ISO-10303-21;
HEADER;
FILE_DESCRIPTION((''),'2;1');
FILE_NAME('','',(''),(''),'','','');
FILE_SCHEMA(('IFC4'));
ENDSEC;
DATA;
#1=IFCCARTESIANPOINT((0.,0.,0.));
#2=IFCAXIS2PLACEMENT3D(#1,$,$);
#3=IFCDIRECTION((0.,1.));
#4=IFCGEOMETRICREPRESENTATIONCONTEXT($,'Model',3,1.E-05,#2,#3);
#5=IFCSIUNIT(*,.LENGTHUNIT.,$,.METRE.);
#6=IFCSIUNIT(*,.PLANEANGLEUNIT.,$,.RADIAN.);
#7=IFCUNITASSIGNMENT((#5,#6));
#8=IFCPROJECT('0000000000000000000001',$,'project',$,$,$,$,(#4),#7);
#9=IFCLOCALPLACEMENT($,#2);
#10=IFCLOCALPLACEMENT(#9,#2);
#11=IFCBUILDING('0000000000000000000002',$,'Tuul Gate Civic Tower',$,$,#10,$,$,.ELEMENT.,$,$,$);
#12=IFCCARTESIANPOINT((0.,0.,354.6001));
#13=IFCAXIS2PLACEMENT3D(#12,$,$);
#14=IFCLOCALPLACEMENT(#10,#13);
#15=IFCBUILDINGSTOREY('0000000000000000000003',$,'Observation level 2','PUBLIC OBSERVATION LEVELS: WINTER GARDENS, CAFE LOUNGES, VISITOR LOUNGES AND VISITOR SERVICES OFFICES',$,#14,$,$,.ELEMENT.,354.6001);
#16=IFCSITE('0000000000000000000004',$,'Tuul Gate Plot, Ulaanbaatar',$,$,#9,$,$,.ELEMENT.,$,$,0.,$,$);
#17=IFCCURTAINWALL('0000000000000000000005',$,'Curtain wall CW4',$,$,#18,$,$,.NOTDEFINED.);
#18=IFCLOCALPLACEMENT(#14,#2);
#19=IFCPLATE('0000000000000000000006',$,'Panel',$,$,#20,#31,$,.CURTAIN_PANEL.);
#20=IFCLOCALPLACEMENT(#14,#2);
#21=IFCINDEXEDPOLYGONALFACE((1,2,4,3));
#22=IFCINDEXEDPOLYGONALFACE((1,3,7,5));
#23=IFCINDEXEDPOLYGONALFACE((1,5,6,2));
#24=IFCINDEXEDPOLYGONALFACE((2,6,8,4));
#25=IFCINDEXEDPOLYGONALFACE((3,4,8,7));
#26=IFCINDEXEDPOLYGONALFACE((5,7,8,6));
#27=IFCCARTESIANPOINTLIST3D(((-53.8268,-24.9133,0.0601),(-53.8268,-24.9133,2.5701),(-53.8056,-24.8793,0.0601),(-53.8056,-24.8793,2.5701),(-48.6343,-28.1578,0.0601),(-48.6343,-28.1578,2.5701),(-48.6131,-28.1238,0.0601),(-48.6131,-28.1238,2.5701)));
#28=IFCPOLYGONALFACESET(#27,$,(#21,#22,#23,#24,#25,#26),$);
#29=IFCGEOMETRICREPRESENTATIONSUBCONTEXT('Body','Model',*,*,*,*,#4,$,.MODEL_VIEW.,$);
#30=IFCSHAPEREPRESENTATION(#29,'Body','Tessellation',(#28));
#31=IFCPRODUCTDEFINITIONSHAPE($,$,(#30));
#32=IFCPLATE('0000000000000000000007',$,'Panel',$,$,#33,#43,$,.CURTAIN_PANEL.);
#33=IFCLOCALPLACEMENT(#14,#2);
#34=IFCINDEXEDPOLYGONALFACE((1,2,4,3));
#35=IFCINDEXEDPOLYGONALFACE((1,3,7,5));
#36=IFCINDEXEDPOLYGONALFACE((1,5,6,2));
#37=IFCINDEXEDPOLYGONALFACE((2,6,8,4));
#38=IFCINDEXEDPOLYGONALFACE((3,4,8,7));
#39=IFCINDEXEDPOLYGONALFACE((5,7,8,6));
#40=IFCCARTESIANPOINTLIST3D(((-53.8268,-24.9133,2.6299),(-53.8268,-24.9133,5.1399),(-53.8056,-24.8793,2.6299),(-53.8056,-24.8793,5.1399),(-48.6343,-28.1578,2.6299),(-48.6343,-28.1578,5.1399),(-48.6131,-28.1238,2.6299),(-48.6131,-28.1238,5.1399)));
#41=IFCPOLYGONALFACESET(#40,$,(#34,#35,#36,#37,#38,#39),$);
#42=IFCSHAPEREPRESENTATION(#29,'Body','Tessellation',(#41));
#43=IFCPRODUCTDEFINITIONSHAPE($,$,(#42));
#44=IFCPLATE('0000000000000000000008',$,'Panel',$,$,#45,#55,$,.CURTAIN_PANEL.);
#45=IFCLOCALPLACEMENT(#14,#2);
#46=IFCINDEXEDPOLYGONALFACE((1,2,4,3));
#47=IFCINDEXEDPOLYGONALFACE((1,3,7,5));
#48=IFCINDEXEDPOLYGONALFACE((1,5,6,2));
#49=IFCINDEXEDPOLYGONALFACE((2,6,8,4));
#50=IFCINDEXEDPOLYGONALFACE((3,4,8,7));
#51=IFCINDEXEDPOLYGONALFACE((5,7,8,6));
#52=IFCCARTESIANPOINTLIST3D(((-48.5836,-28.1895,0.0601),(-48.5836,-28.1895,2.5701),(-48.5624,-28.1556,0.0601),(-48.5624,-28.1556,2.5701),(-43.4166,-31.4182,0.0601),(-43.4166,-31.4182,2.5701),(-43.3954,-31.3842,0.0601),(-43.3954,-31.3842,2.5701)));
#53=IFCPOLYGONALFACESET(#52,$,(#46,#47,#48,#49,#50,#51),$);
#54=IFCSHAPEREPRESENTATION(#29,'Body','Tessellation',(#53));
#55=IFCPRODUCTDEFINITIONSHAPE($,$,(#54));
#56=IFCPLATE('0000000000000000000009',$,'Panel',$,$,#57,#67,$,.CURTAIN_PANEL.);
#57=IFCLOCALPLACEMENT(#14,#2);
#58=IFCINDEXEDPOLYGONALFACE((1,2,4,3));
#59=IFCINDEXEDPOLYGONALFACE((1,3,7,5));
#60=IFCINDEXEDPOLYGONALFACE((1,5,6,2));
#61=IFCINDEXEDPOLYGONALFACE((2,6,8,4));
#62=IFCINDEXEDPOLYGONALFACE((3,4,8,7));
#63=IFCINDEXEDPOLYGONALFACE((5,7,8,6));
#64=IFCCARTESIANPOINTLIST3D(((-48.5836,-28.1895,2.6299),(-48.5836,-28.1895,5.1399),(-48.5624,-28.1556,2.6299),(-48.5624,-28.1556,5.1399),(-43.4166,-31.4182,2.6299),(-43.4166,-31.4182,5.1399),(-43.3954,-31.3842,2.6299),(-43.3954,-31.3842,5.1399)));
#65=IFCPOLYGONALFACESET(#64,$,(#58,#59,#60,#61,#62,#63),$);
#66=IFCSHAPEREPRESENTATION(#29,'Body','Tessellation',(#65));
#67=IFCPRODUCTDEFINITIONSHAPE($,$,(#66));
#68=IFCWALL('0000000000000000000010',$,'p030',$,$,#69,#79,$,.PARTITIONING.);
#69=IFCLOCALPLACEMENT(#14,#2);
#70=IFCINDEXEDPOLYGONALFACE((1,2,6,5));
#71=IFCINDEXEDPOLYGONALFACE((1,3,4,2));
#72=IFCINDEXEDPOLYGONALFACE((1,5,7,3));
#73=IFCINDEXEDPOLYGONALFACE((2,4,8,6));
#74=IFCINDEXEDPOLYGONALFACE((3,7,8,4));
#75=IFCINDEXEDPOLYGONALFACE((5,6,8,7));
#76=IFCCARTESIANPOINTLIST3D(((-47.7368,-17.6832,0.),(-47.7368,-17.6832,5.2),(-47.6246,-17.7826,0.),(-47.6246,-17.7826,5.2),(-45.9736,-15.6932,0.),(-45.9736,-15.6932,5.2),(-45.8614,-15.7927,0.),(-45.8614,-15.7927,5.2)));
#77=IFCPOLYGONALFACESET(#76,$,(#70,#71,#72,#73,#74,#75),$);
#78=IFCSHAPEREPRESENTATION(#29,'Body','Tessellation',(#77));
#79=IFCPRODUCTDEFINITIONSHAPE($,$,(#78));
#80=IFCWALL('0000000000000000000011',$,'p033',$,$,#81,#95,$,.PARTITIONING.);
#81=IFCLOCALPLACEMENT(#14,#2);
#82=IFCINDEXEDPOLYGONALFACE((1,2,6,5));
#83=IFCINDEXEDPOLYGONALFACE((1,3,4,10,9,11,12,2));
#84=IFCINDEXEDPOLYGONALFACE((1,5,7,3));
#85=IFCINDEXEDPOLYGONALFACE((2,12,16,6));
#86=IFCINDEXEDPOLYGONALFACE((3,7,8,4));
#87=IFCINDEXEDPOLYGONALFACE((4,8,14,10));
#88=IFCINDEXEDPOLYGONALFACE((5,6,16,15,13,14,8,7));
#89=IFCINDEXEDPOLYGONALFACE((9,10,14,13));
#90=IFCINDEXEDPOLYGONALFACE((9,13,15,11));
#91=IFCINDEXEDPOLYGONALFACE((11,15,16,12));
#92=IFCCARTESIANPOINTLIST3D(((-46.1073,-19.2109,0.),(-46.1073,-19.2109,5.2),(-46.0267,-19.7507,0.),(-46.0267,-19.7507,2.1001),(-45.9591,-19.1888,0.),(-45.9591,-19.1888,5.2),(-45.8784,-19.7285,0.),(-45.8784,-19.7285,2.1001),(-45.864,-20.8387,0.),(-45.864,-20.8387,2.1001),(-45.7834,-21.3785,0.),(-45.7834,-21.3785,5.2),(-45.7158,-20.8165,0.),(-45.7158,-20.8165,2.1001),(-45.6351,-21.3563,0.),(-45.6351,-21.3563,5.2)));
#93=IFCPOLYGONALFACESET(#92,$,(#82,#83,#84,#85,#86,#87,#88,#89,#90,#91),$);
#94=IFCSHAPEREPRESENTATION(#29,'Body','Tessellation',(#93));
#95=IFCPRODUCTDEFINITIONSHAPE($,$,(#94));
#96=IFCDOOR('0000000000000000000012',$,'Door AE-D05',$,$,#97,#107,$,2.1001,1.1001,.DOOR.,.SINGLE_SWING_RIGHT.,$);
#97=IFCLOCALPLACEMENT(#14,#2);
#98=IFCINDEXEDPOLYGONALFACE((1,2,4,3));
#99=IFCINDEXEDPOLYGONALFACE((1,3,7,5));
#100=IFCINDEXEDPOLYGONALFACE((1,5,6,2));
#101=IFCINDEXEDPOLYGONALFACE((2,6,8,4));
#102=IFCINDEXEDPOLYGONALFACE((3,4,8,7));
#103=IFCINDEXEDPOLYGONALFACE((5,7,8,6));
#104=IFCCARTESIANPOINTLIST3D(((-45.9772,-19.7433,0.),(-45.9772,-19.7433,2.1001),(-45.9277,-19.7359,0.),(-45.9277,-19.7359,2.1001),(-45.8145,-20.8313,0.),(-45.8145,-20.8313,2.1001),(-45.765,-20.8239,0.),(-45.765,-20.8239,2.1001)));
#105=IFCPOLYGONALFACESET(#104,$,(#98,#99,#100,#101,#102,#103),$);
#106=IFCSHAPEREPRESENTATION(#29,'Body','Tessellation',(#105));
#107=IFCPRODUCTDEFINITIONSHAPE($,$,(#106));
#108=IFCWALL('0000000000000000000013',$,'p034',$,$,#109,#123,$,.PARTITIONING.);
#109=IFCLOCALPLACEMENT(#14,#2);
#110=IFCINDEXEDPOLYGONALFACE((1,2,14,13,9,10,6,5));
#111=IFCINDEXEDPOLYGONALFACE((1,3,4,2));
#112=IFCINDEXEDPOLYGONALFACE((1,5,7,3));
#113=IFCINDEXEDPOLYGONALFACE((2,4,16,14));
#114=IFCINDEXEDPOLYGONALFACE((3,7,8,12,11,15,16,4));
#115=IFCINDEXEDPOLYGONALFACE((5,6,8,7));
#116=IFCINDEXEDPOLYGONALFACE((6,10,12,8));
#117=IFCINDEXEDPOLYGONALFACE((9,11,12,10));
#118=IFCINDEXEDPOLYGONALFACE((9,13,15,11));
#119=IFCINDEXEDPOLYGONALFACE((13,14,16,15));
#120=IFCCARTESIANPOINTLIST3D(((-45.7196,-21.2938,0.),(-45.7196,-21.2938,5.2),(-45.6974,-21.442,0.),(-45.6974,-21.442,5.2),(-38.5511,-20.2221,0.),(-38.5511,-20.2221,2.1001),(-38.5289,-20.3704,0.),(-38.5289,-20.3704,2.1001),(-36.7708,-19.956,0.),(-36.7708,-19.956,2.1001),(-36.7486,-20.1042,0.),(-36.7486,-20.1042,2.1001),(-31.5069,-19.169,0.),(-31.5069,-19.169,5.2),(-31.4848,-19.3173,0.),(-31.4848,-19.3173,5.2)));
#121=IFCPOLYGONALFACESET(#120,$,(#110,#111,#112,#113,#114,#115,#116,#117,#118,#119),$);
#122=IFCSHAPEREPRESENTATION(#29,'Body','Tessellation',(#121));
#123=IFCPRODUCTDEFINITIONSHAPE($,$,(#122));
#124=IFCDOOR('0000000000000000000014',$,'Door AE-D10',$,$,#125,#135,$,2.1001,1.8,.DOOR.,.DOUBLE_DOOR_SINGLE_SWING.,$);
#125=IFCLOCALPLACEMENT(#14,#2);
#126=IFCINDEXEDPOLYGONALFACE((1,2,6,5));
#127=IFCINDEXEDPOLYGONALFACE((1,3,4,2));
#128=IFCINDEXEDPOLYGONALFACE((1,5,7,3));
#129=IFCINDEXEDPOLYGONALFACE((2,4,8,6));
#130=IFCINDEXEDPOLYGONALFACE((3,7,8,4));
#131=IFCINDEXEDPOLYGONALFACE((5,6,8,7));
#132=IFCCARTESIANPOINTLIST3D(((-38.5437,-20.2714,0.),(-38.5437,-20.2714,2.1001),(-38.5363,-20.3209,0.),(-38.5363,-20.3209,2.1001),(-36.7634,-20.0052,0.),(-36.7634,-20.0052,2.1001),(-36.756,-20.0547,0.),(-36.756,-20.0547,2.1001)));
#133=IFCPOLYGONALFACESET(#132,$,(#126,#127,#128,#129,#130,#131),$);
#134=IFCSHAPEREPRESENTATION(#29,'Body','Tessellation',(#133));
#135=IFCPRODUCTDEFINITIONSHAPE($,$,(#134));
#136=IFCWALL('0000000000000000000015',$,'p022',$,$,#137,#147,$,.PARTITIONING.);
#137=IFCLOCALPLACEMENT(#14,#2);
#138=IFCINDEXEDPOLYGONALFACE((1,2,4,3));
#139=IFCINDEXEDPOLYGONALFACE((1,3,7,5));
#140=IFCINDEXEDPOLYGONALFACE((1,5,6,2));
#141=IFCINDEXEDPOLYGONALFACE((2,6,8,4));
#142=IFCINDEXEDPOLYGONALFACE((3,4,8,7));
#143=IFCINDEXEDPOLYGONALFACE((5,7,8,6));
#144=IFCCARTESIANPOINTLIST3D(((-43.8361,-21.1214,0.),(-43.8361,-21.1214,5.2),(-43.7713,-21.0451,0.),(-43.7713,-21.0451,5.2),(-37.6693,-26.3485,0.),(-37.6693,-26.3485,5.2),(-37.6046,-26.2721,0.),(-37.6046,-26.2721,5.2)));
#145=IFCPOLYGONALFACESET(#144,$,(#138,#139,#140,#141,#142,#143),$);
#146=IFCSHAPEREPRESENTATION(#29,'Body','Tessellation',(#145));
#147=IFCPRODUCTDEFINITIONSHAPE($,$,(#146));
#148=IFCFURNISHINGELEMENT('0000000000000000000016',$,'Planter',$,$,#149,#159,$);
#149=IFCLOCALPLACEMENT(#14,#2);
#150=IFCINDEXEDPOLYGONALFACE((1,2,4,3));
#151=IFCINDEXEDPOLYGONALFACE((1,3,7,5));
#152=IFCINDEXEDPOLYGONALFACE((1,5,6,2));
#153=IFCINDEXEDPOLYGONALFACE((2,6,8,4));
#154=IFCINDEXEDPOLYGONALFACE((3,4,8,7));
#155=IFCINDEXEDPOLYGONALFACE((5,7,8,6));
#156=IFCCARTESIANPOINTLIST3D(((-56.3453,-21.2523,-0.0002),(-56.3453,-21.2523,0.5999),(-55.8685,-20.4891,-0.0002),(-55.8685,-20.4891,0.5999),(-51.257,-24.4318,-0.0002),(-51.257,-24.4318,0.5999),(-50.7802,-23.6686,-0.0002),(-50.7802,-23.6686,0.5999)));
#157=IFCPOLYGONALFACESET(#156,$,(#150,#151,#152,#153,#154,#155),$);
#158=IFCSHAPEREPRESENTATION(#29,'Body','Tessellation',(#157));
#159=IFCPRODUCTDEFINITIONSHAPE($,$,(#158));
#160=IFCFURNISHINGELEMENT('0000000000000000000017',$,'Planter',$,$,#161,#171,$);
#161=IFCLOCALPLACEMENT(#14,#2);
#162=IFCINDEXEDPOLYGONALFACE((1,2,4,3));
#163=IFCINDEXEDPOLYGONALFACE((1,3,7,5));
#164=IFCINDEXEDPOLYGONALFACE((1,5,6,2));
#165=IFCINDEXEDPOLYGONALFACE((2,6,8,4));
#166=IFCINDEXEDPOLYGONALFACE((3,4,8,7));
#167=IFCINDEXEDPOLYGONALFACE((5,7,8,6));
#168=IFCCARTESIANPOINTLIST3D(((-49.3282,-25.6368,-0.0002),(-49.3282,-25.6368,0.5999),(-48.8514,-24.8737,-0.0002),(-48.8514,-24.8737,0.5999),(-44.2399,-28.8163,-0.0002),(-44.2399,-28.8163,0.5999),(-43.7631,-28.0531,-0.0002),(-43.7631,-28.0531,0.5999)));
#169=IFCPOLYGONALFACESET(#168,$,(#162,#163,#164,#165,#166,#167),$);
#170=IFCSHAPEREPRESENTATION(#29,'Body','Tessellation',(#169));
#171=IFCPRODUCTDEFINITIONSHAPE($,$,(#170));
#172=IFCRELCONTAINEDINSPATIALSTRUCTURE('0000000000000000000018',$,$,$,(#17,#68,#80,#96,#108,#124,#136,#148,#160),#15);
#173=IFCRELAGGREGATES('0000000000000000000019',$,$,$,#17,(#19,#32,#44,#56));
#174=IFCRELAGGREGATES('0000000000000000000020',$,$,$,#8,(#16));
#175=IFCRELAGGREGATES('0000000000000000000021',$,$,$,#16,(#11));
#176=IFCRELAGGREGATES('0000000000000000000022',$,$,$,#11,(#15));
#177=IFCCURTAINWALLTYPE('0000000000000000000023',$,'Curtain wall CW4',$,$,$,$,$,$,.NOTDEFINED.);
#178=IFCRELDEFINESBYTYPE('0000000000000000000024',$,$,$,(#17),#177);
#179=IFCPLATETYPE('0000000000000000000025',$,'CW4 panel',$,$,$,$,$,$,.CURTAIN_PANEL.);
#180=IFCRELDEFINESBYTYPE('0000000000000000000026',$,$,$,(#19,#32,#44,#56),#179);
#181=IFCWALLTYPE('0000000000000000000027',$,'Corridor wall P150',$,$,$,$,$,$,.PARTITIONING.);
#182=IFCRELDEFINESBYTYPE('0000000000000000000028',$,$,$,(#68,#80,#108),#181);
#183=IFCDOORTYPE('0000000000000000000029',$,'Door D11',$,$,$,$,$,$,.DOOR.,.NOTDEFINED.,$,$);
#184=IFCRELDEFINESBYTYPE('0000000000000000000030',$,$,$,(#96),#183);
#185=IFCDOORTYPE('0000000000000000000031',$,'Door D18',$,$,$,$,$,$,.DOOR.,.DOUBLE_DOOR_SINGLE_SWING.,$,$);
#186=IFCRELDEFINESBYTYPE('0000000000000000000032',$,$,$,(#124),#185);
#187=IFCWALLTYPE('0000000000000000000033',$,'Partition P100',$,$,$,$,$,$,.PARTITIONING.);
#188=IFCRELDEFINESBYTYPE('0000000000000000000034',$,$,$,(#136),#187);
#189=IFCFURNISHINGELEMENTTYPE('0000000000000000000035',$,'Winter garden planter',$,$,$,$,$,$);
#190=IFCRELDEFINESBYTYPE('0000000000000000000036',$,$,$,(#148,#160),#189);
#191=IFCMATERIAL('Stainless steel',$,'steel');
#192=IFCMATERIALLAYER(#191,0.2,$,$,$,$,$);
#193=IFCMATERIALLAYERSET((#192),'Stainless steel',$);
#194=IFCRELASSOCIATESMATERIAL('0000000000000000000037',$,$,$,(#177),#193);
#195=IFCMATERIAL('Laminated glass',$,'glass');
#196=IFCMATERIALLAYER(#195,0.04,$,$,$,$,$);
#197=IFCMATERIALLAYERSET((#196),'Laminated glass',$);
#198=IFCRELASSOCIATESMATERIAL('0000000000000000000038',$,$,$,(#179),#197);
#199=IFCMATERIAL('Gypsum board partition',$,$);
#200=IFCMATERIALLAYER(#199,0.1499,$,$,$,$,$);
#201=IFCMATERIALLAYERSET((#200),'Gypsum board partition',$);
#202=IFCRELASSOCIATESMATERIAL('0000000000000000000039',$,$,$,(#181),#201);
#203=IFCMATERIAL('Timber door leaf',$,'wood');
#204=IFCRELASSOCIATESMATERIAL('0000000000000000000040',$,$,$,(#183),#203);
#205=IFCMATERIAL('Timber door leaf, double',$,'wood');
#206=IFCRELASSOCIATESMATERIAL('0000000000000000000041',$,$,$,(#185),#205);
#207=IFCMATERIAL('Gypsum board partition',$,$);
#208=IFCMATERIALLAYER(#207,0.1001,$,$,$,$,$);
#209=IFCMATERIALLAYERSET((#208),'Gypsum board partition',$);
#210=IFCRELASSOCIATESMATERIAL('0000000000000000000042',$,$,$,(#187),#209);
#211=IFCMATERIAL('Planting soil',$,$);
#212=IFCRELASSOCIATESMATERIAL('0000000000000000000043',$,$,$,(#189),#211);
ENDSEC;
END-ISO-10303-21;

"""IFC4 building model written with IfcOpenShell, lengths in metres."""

from ifc_helpers import new_model, si_unit, direction, frame, frame_2d, origin, origin_2d, place, context, subcontext, project, spatial, rectangle, extrude, material, layer, layer_set, type_object, element, fill, aggregate, save


model = new_model("IFC4")

# Units and contexts
model_context = context("Model", 3, precision=1e-05, world=origin(), true_north=direction((0.0, 1.0)))
body_context = subcontext(model_context, "Body", "Model", "MODEL_VIEW")
ifc_project = project(units=[si_unit("LENGTHUNIT", "METRE"), si_unit("PLANEANGLEUNIT", "RADIAN")], contexts=[model_context])

# Site, building, storey
site_placement = place(None, origin())
site = spatial("IfcSite", under=ifc_project, at=site_placement, Name="Tuul Gate Plot, Ulaanbaatar", CompositionType="ELEMENT", RefElevation=0.0)
building_placement = place(site_placement, origin())
building = spatial("IfcBuilding", under=site, at=building_placement, Name="Tuul Gate Civic Tower", CompositionType="ELEMENT")
storey_placement = place(building_placement, frame((0.0, 0.0, 354.6001)))
storey = spatial("IfcBuildingStorey", under=building, at=storey_placement, Name="Observation level 2", Description="PUBLIC OBSERVATION LEVELS: WINTER GARDENS, CAFE LOUNGES, VISITOR LOUNGES AND VISITOR SERVICES OFFICES", CompositionType="ELEMENT", Elevation=354.6001)

# Curtain wall
ifc_material_1 = material(Name="Stainless steel", Category="steel")
ifc_layer_1 = layer(ifc_material_1, 0.2)
ifc_layer_set_1 = layer_set([ifc_layer_1], Name="Stainless steel")
curtain_wall_type = type_object("IfcCurtainWallType", Name="Curtain wall CW4", PredefinedType="NOTDEFINED", material=ifc_layer_set_1)
curtain_wall_placement = place(storey_placement, origin())
curtain_wall = element("IfcCurtainWall", 1, at=curtain_wall_placement, inside=storey, type_object=curtain_wall_type, Name="Curtain wall CW4", PredefinedType="NOTDEFINED")

# Plates
ifc_material_2 = material(Name="Laminated glass", Category="glass")
ifc_layer_2 = layer(ifc_material_2, 0.04)
ifc_layer_set_2 = layer_set([ifc_layer_2], Name="Laminated glass")
plate_type = type_object("IfcPlateType", Name="CW4 panel", PredefinedType="CURTAIN_PANEL", material=ifc_layer_set_2)
plate_1_placement = place(storey_placement, frame((-51.22, -26.5186, 0.0601), z_axis=(0.0, 0.0, 1.0), x_axis=(0.848053, -0.529912, 0.0)))
plate_1 = element("IfcPlate", 2, at=plate_1_placement, type_object=plate_type, Name="Panel", PredefinedType="CURTAIN_PANEL", context=body_context, shape_type="SweptSolid", body=[
    extrude(rectangle(XDim=6.1228, YDim=0.04, at=origin_2d()), origin(), (0.0, 0.0, 1.0), 2.51),
])
plate_2_placement = place(storey_placement, frame((-51.22, -26.5186, 2.6299), z_axis=(0.0, 0.0, 1.0), x_axis=(0.848053, -0.529912, 0.0)))
plate_2 = element("IfcPlate", 3, at=plate_2_placement, type_object=plate_type, Name="Panel", PredefinedType="CURTAIN_PANEL", context=body_context, shape_type="SweptSolid", body=[
    extrude(rectangle(XDim=6.1228, YDim=0.04, at=origin_2d()), origin(), (0.0, 0.0, 1.0), 2.51),
])
plate_3_placement = place(storey_placement, frame((-45.9895, -29.7869, 0.0601), z_axis=(0.0, 0.0, 1.0), x_axis=(0.848053, -0.529912, 0.0)))
plate_3 = element("IfcPlate", 4, at=plate_3_placement, type_object=plate_type, Name="Panel", PredefinedType="CURTAIN_PANEL", context=body_context, shape_type="SweptSolid", body=[
    extrude(rectangle(XDim=6.0928, YDim=0.04, at=origin_2d()), origin(), (0.0, 0.0, 1.0), 2.51),
])
plate_4_placement = place(storey_placement, frame((-45.9895, -29.7869, 2.6299), z_axis=(0.0, 0.0, 1.0), x_axis=(0.848053, -0.529912, 0.0)))
plate_4 = element("IfcPlate", 5, at=plate_4_placement, type_object=plate_type, Name="Panel", PredefinedType="CURTAIN_PANEL", context=body_context, shape_type="SweptSolid", body=[
    extrude(rectangle(XDim=6.0928, YDim=0.04, at=origin_2d()), origin(), (0.0, 0.0, 1.0), 2.51),
])
aggregate(curtain_wall, [plate_1, plate_2, plate_3, plate_4])

# Wall
ifc_material_3 = material(Name="Gypsum board partition")
ifc_layer_3 = layer(ifc_material_3, 0.1499)
ifc_layer_set_3 = layer_set([ifc_layer_3], Name="Gypsum board partition")
wall_type_1 = type_object("IfcWallType", Name="Corridor wall P150", PredefinedType="PARTITIONING", material=ifc_layer_set_3)
wall_1_placement = place(storey_placement, frame((-47.6807, -17.7329, 0.0), z_axis=(0.0, 0.0, 1.0), x_axis=(0.663166, 0.748472, 0.0)))
element("IfcWall", 6, at=wall_1_placement, inside=storey, type_object=wall_type_1, Name="p030", PredefinedType="PARTITIONING", context=body_context, shape_type="SweptSolid", body=[
    extrude(rectangle(XDim=2.6587, YDim=0.1499, at=frame_2d((1.3293, 0.0))), origin(), (0.0, 0.0, 1.0), 5.2),
])

# Walls, openings, doors
wall_2_placement = place(storey_placement, frame((-46.0332, -19.2, 0.0), z_axis=(0.0, 0.0, 1.0), x_axis=(0.147828, -0.989013, 0.0)))
wall_2 = element("IfcWall", 7, at=wall_2_placement, inside=storey, type_object=wall_type_1, Name="p033", PredefinedType="PARTITIONING", context=body_context, shape_type="SweptSolid", body=[
    extrude(rectangle(XDim=2.1917, YDim=0.1499, at=frame_2d((1.0957, 0.0))), origin(), (0.0, 0.0, 1.0), 5.2),
])
opening_1_placement = place(wall_2_placement, frame((0.5457, 0.0, 0.0)))
opening_1 = element("IfcOpeningElement", 8, at=opening_1_placement, cuts=wall_2, PredefinedType="OPENING", context=body_context, shape_type="SweptSolid", body=[
    extrude(rectangle(XDim=1.1001, YDim=2.1001, at=frame_2d((0.55, 1.05))), frame((0.0, 0.085, 0.0), z_axis=(0.0, -1.0, 0.0), x_axis=(1.0, 0.0, 0.0)), (0.0, 0.0, 1.0), 0.1699),
])
ifc_material_4 = material(Name="Timber door leaf", Category="wood")
door_type_1 = type_object("IfcDoorType", Name="Door D11", OperationType="NOTDEFINED", PredefinedType="DOOR", material=ifc_material_4)
door_1_placement = place(opening_1_placement, frame((1.1001, 0.0, 0.0), z_axis=(0.0, 0.0, 1.0), x_axis=(-1.0, 0.0, 0.0)))
door_1 = element("IfcDoor", 9, at=door_1_placement, inside=storey, type_object=door_type_1, Name="Door AE-D05", OperationType="SINGLE_SWING_RIGHT", OverallHeight=2.1001, OverallWidth=1.1001, PredefinedType="DOOR", context=body_context, shape_type="SweptSolid", body=[
    extrude(rectangle(XDim=1.1001, YDim=2.1001, at=frame_2d((0.55, 1.05))), frame((0.0, 0.0249, 0.0), z_axis=(0.0, -1.0, 0.0), x_axis=(1.0, 0.0, 0.0)), (0.0, 0.0, 1.0), 0.05),
])
fill(opening_1, door_1)
wall_3_placement = place(storey_placement, frame((-45.7085, -21.3679, 0.0), z_axis=(0.0, 0.0, 1.0), x_axis=(0.989009, 0.147854, 0.0)))
wall_3 = element("IfcWall", 10, at=wall_3_placement, inside=storey, type_object=wall_type_1, Name="p034", PredefinedType="PARTITIONING", context=body_context, shape_type="SweptSolid", body=[
    extrude(rectangle(XDim=14.3706, YDim=0.1499, at=frame_2d((7.1853, 0.0))), origin(), (0.0, 0.0, 1.0), 5.2),
])
opening_2_placement = place(wall_3_placement, frame((7.2483, 0.0, 0.0)))
opening_2 = element("IfcOpeningElement", 11, at=opening_2_placement, cuts=wall_3, PredefinedType="OPENING", context=body_context, shape_type="SweptSolid", body=[
    extrude(rectangle(XDim=1.8, YDim=2.1001, at=frame_2d((0.8999, 1.05))), frame((0.0, 0.085, 0.0), z_axis=(0.0, -1.0, 0.0), x_axis=(1.0, 0.0, 0.0)), (0.0, 0.0, 1.0), 0.1699),
])
ifc_material_5 = material(Name="Timber door leaf, double", Category="wood")
door_type_2 = type_object("IfcDoorType", Name="Door D18", OperationType="DOUBLE_DOOR_SINGLE_SWING", PredefinedType="DOOR", material=ifc_material_5)
door_2_placement = place(opening_2_placement, frame((1.8, 0.0, 0.0), z_axis=(0.0, 0.0, 1.0), x_axis=(-1.0, 0.0, 0.0)))
door_2 = element("IfcDoor", 12, at=door_2_placement, inside=storey, type_object=door_type_2, Name="Door AE-D10", OperationType="DOUBLE_DOOR_SINGLE_SWING", OverallHeight=2.1001, OverallWidth=1.8, PredefinedType="DOOR", context=body_context, shape_type="SweptSolid", body=[
    extrude(rectangle(XDim=1.8, YDim=2.1001, at=frame_2d((0.9001, 1.05))), frame((0.0, 0.0249, 0.0), z_axis=(0.0, -1.0, 0.0), x_axis=(1.0, 0.0, 0.0)), (0.0, 0.0, 1.0), 0.05),
])
fill(opening_2, door_2)

# Wall
ifc_material_6 = material(Name="Gypsum board partition")
ifc_layer_4 = layer(ifc_material_6, 0.1001)
ifc_layer_set_4 = layer_set([ifc_layer_4], Name="Gypsum board partition")
wall_type_2 = type_object("IfcWallType", Name="Partition P100", PredefinedType="PARTITIONING", material=ifc_layer_set_4)
wall_4_placement = place(storey_placement, frame((-43.8037, -21.0833, 0.0), z_axis=(0.0, 0.0, 1.0), x_axis=(0.762835, -0.646593, 0.0)))
element("IfcWall", 13, at=wall_4_placement, inside=storey, type_object=wall_type_2, Name="p022", PredefinedType="PARTITIONING", context=body_context, shape_type="SweptSolid", body=[
    extrude(rectangle(XDim=8.084, YDim=0.1001, at=frame_2d((4.042, 0.0))), origin(), (0.0, 0.0, 1.0), 5.2),
])

# Furnishing elements
ifc_material_7 = material(Name="Planting soil")
furnishing_element_type = type_object("IfcFurnishingElementType", Name="Winter garden planter", material=ifc_material_7)
for number, where, z_axis, x_axis, name in (
    (14, (-53.5627, -22.4604, -0.0002), (0.0, 0.0, 1.0), (0.848053, -0.529912, 0.0), "Planter"),
    (15, (-46.5457, -26.845, -0.0002), (0.0, 0.0, 1.0), (0.848053, -0.529912, 0.0), "Planter"),
):
    element("IfcFurnishingElement", number, at=place(storey_placement, frame(where, z_axis=z_axis, x_axis=x_axis)), inside=storey, type_object=furnishing_element_type, Name=name, context=body_context, shape_type="SweptSolid", body=[
        extrude(rectangle(XDim=6.0, YDim=0.8999, at=origin_2d()), origin(), (0.0, 0.0, 1.0), 0.6001),
    ])

save(model, "model.ifc")
